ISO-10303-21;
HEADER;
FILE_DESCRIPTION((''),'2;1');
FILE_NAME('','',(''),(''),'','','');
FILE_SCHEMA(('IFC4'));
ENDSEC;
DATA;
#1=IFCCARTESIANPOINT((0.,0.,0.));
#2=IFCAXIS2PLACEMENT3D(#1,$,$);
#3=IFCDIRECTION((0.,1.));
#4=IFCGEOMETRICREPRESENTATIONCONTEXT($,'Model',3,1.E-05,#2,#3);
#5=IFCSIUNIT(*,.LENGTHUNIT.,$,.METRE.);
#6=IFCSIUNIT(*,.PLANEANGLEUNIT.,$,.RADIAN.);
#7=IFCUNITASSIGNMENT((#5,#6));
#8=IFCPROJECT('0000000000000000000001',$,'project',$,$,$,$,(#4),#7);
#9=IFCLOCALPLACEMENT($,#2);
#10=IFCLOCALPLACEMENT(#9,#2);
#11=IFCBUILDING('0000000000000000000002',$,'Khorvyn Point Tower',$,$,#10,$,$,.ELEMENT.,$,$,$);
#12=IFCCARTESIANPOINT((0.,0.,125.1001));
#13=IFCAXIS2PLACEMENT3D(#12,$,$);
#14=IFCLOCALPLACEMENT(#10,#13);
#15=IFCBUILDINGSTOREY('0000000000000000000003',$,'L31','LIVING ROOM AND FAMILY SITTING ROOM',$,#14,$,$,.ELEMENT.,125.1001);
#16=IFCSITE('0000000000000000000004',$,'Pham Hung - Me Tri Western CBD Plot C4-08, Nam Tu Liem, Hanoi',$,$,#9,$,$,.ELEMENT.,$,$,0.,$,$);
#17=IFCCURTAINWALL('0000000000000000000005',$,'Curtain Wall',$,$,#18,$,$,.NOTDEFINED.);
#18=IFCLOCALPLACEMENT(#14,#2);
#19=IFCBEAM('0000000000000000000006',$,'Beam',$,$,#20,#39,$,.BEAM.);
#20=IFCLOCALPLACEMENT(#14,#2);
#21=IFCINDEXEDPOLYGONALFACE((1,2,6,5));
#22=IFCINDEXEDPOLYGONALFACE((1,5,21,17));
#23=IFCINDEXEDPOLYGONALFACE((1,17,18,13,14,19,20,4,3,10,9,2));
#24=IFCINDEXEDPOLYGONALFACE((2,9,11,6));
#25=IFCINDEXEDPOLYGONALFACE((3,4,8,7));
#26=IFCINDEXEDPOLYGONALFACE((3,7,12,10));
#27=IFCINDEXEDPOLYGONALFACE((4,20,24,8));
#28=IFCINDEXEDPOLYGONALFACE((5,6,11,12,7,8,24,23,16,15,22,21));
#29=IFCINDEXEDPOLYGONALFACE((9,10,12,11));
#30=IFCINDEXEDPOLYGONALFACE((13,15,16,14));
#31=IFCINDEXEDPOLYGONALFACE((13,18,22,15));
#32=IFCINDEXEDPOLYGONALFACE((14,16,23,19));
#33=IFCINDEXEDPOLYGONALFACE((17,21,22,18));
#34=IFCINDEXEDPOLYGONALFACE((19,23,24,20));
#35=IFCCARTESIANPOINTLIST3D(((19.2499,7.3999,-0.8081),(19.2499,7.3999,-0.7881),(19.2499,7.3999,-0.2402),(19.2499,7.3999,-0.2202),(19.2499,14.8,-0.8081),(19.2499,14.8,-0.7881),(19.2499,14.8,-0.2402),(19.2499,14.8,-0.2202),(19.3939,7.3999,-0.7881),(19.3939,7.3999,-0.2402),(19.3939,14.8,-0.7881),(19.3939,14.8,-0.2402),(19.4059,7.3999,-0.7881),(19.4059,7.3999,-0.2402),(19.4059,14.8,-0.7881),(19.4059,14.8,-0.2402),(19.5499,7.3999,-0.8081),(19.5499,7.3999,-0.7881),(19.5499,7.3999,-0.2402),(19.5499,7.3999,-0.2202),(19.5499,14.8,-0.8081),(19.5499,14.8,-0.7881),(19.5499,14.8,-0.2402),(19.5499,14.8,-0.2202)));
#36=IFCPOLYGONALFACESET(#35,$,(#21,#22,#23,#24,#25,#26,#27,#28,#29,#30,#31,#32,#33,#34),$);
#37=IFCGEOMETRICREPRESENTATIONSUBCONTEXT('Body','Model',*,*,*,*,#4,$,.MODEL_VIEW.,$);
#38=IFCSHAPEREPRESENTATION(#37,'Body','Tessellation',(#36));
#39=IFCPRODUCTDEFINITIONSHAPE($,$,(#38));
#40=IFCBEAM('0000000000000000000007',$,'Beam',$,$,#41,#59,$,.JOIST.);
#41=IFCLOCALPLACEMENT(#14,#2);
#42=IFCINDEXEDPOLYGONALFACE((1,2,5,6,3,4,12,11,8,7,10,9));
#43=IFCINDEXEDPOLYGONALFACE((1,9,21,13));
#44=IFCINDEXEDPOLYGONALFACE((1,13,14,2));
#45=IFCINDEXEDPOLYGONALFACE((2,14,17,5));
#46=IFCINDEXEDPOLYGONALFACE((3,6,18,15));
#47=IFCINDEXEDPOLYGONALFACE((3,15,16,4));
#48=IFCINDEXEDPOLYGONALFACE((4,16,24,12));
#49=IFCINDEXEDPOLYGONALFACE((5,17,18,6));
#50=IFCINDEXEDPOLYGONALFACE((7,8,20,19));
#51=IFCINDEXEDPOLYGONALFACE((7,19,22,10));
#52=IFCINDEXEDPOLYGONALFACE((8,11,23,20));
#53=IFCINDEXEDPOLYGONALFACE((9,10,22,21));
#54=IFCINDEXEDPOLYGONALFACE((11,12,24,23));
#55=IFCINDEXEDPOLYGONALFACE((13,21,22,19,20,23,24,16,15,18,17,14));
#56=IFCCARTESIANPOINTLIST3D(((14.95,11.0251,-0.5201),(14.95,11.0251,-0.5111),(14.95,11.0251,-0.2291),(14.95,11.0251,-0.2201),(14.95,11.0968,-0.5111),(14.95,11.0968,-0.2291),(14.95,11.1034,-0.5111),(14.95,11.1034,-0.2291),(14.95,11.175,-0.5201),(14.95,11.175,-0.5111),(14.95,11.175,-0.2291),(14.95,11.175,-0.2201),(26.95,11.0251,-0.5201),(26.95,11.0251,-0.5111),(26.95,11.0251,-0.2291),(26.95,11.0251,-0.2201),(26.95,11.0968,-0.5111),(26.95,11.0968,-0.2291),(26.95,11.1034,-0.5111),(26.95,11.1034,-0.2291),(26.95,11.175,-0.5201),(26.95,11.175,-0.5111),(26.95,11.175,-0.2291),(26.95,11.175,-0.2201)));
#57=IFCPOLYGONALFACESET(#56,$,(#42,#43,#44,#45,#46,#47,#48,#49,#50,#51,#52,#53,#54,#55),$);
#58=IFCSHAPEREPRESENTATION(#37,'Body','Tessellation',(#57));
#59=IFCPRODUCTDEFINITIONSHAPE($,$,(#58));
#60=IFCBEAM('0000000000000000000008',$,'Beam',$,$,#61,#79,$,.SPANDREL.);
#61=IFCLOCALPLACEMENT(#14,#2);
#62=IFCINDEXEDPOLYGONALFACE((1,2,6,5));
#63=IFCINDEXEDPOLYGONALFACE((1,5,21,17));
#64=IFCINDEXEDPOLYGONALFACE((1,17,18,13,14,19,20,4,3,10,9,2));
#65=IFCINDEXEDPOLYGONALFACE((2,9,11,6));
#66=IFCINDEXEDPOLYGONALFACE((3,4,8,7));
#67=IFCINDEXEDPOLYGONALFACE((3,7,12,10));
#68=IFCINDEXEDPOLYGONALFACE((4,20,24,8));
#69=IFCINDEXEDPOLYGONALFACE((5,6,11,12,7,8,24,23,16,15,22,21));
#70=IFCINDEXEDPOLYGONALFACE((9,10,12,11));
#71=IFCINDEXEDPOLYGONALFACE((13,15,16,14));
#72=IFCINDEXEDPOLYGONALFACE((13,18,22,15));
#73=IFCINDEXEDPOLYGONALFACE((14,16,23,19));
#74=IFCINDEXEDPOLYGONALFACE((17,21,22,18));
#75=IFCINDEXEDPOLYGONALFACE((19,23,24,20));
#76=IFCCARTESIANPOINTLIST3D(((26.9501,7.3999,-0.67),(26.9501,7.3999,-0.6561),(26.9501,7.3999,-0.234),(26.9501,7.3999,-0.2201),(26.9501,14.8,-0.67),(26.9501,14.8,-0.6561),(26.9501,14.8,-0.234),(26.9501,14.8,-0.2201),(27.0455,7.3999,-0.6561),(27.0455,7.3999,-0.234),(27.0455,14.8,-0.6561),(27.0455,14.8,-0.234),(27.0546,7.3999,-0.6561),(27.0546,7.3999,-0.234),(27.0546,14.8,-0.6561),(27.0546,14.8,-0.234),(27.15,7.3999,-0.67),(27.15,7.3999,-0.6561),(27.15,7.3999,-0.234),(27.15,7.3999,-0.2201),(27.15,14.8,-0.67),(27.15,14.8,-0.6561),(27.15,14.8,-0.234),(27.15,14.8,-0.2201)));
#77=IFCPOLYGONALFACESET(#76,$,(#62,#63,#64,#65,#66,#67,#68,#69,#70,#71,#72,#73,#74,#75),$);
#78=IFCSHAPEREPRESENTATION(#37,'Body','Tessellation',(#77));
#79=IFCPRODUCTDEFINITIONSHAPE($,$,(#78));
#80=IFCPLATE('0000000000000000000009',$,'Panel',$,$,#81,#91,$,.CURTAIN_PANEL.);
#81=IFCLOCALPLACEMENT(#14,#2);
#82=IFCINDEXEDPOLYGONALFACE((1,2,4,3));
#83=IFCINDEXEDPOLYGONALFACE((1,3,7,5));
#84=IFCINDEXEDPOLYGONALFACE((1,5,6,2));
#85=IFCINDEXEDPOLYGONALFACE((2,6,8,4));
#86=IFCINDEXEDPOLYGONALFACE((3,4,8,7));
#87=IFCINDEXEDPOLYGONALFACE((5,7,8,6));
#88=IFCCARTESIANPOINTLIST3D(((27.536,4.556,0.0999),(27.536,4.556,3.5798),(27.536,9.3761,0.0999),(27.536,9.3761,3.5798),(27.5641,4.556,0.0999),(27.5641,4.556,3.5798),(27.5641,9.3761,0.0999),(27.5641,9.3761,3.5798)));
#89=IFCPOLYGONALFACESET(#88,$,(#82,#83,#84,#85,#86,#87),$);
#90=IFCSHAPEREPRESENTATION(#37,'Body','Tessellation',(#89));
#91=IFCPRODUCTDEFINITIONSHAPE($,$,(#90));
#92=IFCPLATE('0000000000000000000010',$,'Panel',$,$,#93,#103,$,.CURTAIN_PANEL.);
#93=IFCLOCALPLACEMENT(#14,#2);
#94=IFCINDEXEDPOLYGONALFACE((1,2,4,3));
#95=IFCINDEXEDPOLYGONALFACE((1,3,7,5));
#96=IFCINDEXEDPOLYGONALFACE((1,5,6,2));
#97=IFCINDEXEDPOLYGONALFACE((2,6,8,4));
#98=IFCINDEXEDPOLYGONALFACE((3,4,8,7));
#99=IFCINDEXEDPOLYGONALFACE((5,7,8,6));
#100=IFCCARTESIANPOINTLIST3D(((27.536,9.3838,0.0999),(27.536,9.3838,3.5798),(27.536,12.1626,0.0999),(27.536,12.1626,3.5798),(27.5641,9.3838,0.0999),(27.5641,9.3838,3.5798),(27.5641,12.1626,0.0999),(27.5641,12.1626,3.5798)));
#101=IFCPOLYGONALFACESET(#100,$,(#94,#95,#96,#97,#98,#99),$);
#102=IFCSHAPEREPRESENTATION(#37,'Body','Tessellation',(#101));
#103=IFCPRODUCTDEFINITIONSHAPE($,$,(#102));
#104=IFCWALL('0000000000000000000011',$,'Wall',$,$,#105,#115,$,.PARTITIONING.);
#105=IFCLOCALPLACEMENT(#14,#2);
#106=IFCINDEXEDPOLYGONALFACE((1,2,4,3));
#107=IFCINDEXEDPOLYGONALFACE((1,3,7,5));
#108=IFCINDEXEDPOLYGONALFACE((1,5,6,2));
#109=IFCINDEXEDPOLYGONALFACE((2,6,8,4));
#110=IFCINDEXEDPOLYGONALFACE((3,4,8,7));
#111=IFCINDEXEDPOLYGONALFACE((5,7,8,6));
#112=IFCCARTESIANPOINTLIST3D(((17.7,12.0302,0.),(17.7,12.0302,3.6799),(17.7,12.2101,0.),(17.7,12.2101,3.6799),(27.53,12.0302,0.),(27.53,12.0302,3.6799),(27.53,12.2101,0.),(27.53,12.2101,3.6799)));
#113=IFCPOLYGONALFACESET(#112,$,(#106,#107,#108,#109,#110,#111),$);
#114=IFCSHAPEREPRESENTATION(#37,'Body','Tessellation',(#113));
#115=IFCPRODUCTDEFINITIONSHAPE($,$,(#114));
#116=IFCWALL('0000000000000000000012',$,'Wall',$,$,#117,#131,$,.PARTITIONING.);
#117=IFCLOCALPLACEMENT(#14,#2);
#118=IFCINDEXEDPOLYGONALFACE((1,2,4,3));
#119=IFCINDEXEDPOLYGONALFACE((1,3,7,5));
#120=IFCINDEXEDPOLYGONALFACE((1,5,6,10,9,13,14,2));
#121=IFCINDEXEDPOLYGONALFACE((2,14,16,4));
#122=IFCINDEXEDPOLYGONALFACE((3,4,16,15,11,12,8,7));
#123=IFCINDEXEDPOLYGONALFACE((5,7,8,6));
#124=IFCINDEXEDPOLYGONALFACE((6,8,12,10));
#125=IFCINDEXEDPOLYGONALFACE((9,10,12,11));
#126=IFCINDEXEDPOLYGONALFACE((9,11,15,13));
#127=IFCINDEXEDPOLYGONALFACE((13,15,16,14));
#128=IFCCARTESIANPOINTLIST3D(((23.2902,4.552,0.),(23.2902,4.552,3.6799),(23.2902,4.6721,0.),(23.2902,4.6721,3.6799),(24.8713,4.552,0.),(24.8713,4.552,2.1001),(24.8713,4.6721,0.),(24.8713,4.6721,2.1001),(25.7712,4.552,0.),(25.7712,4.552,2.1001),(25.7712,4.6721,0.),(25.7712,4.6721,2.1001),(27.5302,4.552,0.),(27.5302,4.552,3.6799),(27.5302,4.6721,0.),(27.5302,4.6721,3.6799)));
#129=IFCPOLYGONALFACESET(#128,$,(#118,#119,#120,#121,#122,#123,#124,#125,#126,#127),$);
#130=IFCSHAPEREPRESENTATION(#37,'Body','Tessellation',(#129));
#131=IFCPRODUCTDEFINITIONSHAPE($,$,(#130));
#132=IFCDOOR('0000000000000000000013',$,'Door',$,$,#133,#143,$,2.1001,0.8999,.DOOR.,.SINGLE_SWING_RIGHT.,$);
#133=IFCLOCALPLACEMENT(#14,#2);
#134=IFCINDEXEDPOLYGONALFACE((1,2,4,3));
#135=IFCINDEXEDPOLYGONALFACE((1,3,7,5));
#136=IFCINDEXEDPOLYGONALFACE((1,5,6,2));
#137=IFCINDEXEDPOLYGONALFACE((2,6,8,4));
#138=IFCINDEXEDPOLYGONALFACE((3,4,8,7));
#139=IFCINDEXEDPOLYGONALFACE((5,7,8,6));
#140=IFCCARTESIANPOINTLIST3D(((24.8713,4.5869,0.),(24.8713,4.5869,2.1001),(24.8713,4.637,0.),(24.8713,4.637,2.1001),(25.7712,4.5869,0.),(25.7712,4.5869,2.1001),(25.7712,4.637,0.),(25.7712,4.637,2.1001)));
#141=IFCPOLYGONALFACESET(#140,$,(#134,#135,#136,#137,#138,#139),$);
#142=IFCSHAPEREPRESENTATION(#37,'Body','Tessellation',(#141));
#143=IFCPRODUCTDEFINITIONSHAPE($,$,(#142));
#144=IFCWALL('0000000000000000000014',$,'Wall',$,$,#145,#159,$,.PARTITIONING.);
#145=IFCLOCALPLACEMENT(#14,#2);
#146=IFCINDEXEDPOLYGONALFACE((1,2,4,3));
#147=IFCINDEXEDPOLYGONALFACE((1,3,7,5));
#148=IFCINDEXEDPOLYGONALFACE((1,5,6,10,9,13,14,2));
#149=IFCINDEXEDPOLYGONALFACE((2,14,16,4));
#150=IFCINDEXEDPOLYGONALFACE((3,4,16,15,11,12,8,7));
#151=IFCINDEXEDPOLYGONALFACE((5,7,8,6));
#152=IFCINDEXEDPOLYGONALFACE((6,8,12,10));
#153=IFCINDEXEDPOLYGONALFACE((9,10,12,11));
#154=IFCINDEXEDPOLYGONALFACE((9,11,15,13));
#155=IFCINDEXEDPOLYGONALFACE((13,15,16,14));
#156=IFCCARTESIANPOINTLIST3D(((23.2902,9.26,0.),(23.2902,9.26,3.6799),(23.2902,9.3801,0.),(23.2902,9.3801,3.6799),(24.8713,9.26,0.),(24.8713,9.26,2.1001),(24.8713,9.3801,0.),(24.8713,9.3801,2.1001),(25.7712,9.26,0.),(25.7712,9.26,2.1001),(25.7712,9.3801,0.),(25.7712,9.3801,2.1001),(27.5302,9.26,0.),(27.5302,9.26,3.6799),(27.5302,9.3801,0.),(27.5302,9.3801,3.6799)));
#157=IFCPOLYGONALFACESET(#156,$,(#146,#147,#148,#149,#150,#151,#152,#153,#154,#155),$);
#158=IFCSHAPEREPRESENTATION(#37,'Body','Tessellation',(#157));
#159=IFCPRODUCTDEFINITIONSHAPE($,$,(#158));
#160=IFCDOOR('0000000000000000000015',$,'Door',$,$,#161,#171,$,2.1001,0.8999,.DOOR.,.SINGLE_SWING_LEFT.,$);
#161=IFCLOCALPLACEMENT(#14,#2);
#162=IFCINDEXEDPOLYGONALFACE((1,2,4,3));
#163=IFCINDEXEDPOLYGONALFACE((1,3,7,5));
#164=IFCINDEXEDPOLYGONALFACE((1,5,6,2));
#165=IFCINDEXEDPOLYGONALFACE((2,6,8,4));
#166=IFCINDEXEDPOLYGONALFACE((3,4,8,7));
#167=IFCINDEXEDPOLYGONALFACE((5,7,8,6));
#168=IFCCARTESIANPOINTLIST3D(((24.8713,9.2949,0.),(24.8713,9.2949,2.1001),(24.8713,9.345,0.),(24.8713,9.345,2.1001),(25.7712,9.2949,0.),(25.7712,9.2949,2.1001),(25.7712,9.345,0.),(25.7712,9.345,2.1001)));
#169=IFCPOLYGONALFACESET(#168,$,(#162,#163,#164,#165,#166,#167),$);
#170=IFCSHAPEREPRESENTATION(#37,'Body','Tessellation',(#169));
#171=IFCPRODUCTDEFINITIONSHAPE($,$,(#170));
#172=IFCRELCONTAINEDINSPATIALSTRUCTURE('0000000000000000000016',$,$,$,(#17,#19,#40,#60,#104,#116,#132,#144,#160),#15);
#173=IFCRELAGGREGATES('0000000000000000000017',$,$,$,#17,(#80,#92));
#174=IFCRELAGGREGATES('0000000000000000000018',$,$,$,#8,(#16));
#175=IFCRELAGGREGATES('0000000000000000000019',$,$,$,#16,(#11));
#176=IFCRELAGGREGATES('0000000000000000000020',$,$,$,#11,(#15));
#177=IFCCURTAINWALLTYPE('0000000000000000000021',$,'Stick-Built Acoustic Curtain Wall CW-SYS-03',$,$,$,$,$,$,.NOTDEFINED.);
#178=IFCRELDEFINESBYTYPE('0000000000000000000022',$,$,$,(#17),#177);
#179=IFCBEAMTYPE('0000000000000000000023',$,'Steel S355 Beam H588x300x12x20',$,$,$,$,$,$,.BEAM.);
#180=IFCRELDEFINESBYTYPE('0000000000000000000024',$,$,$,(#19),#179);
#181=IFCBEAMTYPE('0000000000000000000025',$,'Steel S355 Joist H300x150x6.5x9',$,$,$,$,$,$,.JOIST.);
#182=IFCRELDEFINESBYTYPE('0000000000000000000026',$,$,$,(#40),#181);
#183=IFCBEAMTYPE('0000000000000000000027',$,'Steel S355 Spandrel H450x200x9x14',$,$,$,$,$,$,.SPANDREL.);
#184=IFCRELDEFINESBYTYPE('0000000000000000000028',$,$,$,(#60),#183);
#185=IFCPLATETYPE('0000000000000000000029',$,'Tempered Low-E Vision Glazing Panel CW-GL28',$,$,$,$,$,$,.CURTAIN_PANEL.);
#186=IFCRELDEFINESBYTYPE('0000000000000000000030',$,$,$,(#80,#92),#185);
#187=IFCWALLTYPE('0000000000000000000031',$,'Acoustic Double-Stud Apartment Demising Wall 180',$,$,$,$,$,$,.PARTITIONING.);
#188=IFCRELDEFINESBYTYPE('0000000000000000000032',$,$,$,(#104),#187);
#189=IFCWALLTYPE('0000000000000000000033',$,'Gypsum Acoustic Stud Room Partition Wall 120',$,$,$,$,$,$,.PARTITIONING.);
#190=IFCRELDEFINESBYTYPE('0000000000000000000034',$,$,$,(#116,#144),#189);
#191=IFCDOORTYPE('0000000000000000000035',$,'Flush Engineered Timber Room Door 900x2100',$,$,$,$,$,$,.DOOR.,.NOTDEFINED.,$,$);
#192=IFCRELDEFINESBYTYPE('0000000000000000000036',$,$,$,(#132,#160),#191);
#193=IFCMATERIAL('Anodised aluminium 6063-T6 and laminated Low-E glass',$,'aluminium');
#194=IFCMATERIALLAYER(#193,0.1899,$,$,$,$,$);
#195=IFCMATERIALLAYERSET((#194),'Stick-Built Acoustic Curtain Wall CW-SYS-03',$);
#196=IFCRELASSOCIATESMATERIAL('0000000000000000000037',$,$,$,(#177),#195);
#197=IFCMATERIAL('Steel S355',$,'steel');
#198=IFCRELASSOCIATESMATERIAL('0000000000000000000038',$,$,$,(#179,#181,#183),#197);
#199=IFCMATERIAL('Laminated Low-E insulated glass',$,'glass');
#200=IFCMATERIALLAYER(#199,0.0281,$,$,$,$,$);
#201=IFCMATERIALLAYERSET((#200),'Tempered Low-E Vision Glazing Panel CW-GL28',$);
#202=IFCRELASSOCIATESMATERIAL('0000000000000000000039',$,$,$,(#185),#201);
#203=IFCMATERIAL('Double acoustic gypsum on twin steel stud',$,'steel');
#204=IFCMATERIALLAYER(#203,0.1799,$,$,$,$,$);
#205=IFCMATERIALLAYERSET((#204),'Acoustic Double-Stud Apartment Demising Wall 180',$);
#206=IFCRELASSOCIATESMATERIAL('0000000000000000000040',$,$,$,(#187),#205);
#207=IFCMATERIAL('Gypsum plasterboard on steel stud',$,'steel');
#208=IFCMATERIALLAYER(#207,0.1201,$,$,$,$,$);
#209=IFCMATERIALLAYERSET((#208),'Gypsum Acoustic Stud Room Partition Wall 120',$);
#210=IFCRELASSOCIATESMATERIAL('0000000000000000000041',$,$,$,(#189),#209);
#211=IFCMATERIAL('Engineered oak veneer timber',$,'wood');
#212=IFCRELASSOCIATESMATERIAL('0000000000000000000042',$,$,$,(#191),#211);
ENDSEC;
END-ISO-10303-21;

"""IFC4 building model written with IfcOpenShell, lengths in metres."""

from ifc_helpers import new_model, si_unit, direction, frame, frame_2d, origin, origin_2d, place, context, subcontext, project, spatial, rectangle, i_section, extrude, material, layer, layer_set, material_profile, profile_set, type_object, element, fill, aggregate, save


model = new_model("IFC4")

# Units and contexts
model_context = context("Model", 3, precision=1e-05, world=origin(), true_north=direction((0.0, 1.0)))
body_context = subcontext(model_context, "Body", "Model", "MODEL_VIEW")
ifc_project = project(units=[si_unit("LENGTHUNIT", "METRE"), si_unit("PLANEANGLEUNIT", "RADIAN")], contexts=[model_context])

# Site, building, storey
site_placement = place(None, origin())
site = spatial("IfcSite", under=ifc_project, at=site_placement, Name="Pham Hung - Me Tri Western CBD Plot C4-08, Nam Tu Liem, Hanoi", CompositionType="ELEMENT", RefElevation=0.0)
building_placement = place(site_placement, origin())
building = spatial("IfcBuilding", under=site, at=building_placement, Name="Khorvyn Point Tower", CompositionType="ELEMENT")
storey_placement = place(building_placement, frame((0.0, 0.0, 125.1001)))
storey = spatial("IfcBuildingStorey", under=building, at=storey_placement, Name="L31", Description="LIVING ROOM AND FAMILY SITTING ROOM", CompositionType="ELEMENT", Elevation=125.1001)

# Curtain wall
ifc_material_1 = material(Name="Anodised aluminium 6063-T6 and laminated Low-E glass", Category="aluminium")
ifc_layer_1 = layer(ifc_material_1, 0.1899)
ifc_layer_set_1 = layer_set([ifc_layer_1], Name="Stick-Built Acoustic Curtain Wall CW-SYS-03")
curtain_wall_type = type_object("IfcCurtainWallType", Name="Stick-Built Acoustic Curtain Wall CW-SYS-03", PredefinedType="NOTDEFINED", material=ifc_layer_set_1)
curtain_wall_placement = place(storey_placement, origin())
curtain_wall = element("IfcCurtainWall", 1, at=curtain_wall_placement, inside=storey, type_object=curtain_wall_type, Name="Curtain Wall", PredefinedType="NOTDEFINED")

# Beams
ifc_material_2 = material(Name="Steel S355", Category="steel")
ifc_material_profile_1 = material_profile(ifc_material_2, i_section(OverallWidth=0.3, OverallDepth=0.5879, WebThickness=0.012, FlangeThickness=0.02, at=origin_2d()))
ifc_profile_set_1 = profile_set([ifc_material_profile_1], Name="Steel S355 H588x300x12x20")
beam_type_1 = type_object("IfcBeamType", Name="Steel S355 Beam H588x300x12x20", PredefinedType="BEAM", material=ifc_profile_set_1)
beam_1_placement = place(storey_placement, frame((19.3999, 7.3999, -0.5142), z_axis=(0.0, 1.0, 0.0), x_axis=(-1.0, 0.0, 0.0)))
element("IfcBeam", 2, at=beam_1_placement, inside=storey, type_object=beam_type_1, Name="Beam", PredefinedType="BEAM", context=body_context, shape_type="SweptSolid", body=[
    extrude(i_section(OverallWidth=0.3, OverallDepth=0.5879, WebThickness=0.012, FlangeThickness=0.02, at=origin_2d()), origin(), (0.0, 0.0, 1.0), 7.4001),
])
ifc_material_profile_2 = material_profile(ifc_material_2, i_section(OverallWidth=0.1499, OverallDepth=0.3, WebThickness=0.0066, FlangeThickness=0.009, at=origin_2d()))
ifc_profile_set_2 = profile_set([ifc_material_profile_2], Name="Steel S355 H300x150x6.5x9")
beam_type_2 = type_object("IfcBeamType", Name="Steel S355 Joist H300x150x6.5x9", PredefinedType="JOIST", material=ifc_profile_set_2)
beam_2_placement = place(storey_placement, frame((14.95, 11.1001, -0.3701), z_axis=(1.0, 0.0, 0.0), x_axis=(0.0, 1.0, 0.0)))
element("IfcBeam", 3, at=beam_2_placement, inside=storey, type_object=beam_type_2, Name="Beam", PredefinedType="JOIST", context=body_context, shape_type="SweptSolid", body=[
    extrude(i_section(OverallWidth=0.1499, OverallDepth=0.3, WebThickness=0.0066, FlangeThickness=0.009, at=origin_2d()), origin(), (0.0, 0.0, 1.0), 12.0),
])
ifc_material_profile_3 = material_profile(ifc_material_2, i_section(OverallWidth=0.2, OverallDepth=0.45, WebThickness=0.009, FlangeThickness=0.0139, at=origin_2d()))
ifc_profile_set_3 = profile_set([ifc_material_profile_3], Name="Steel S355 H450x200x9x14")
beam_type_3 = type_object("IfcBeamType", Name="Steel S355 Spandrel H450x200x9x14", PredefinedType="SPANDREL", material=ifc_profile_set_3)
beam_3_placement = place(storey_placement, frame((27.05, 7.3999, -0.4451), z_axis=(0.0, 1.0, 0.0), x_axis=(-1.0, 0.0, 0.0)))
element("IfcBeam", 4, at=beam_3_placement, inside=storey, type_object=beam_type_3, Name="Beam", PredefinedType="SPANDREL", context=body_context, shape_type="SweptSolid", body=[
    extrude(i_section(OverallWidth=0.2, OverallDepth=0.45, WebThickness=0.009, FlangeThickness=0.0139, at=origin_2d()), origin(), (0.0, 0.0, 1.0), 7.4001),
])

# Plates
ifc_material_3 = material(Name="Laminated Low-E insulated glass", Category="glass")
ifc_layer_2 = layer(ifc_material_3, 0.0281)
ifc_layer_set_2 = layer_set([ifc_layer_2], Name="Tempered Low-E Vision Glazing Panel CW-GL28")
plate_type = type_object("IfcPlateType", Name="Tempered Low-E Vision Glazing Panel CW-GL28", PredefinedType="CURTAIN_PANEL", material=ifc_layer_set_2)
plate_1_placement = place(storey_placement, frame((27.55, 6.9661, 0.0999), z_axis=(0.0, 0.0, 1.0), x_axis=(0.0, -1.0, 0.0)))
plate_1 = element("IfcPlate", 5, at=plate_1_placement, type_object=plate_type, Name="Panel", PredefinedType="CURTAIN_PANEL", context=body_context, shape_type="SweptSolid", body=[
    extrude(rectangle(XDim=4.8201, YDim=0.0281, at=origin_2d()), origin(), (0.0, 0.0, 1.0), 3.48),
])
plate_2_placement = place(storey_placement, frame((27.55, 10.7732, 0.0999), z_axis=(0.0, 0.0, 1.0), x_axis=(0.0, -1.0, 0.0)))
plate_2 = element("IfcPlate", 6, at=plate_2_placement, type_object=plate_type, Name="Panel", PredefinedType="CURTAIN_PANEL", context=body_context, shape_type="SweptSolid", body=[
    extrude(rectangle(XDim=2.7788, YDim=0.0281, at=origin_2d()), origin(), (0.0, 0.0, 1.0), 3.48),
])
aggregate(curtain_wall, [plate_1, plate_2])

# Wall
ifc_material_4 = material(Name="Double acoustic gypsum on twin steel stud", Category="steel")
ifc_layer_3 = layer(ifc_material_4, 0.1799)
ifc_layer_set_3 = layer_set([ifc_layer_3], Name="Acoustic Double-Stud Apartment Demising Wall 180")
wall_type_1 = type_object("IfcWallType", Name="Acoustic Double-Stud Apartment Demising Wall 180", PredefinedType="PARTITIONING", material=ifc_layer_set_3)
wall_1_placement = place(storey_placement, frame((17.7, 12.1201, 0.0), z_axis=(0.0, 0.0, 1.0), x_axis=(1.0, 0.0, 0.0)))
element("IfcWall", 7, at=wall_1_placement, inside=storey, type_object=wall_type_1, Name="Wall", PredefinedType="PARTITIONING", context=body_context, shape_type="SweptSolid", body=[
    extrude(rectangle(XDim=9.8301, YDim=0.1799, at=frame_2d((4.915, 0.0))), origin(), (0.0, 0.0, 1.0), 3.6799),
])

# Walls, openings, doors
ifc_material_5 = material(Name="Gypsum plasterboard on steel stud", Category="steel")
ifc_layer_4 = layer(ifc_material_5, 0.1201)
ifc_layer_set_4 = layer_set([ifc_layer_4], Name="Gypsum Acoustic Stud Room Partition Wall 120")
wall_type_2 = type_object("IfcWallType", Name="Gypsum Acoustic Stud Room Partition Wall 120", PredefinedType="PARTITIONING", material=ifc_layer_set_4)
wall_2_placement = place(storey_placement, frame((23.29, 4.6121, 0.0), z_axis=(0.0, 0.0, 1.0), x_axis=(1.0, 0.0, 0.0)))
wall_2 = element("IfcWall", 8, at=wall_2_placement, inside=storey, type_object=wall_type_2, Name="Wall", PredefinedType="PARTITIONING", context=body_context, shape_type="SweptSolid", body=[
    extrude(rectangle(XDim=4.24, YDim=0.1201, at=frame_2d((2.1201, 0.0))), origin(), (0.0, 0.0, 1.0), 3.6799),
])
opening_1_placement = place(wall_2_placement, frame((1.5813, 0.0, 0.0)))
opening_1 = element("IfcOpeningElement", 9, at=opening_1_placement, cuts=wall_2, PredefinedType="OPENING", context=body_context, shape_type="SweptSolid", body=[
    extrude(rectangle(XDim=0.8999, YDim=2.1001, at=frame_2d((0.45, 1.05))), frame((0.0, 0.0701, 0.0), z_axis=(0.0, -1.0, 0.0), x_axis=(1.0, 0.0, 0.0)), (0.0, 0.0, 1.0), 0.1401),
])
ifc_material_6 = material(Name="Engineered oak veneer timber", Category="wood")
door_type_1 = type_object("IfcDoorType", Name="Flush Engineered Timber Room Door 900x2100", OperationType="NOTDEFINED", PredefinedType="DOOR", material=ifc_material_6)
door_1_placement = place(opening_1_placement, origin())
door_1 = element("IfcDoor", 10, at=door_1_placement, inside=storey, type_object=door_type_1, Name="Door", OperationType="SINGLE_SWING_RIGHT", OverallHeight=2.1001, OverallWidth=0.8999, PredefinedType="DOOR", context=body_context, shape_type="SweptSolid", body=[
    extrude(rectangle(XDim=0.8999, YDim=2.1001, at=frame_2d((0.45, 1.05))), frame((0.0, 0.0249, 0.0), z_axis=(0.0, -1.0, 0.0), x_axis=(1.0, 0.0, 0.0)), (0.0, 0.0, 1.0), 0.05),
])
fill(opening_1, door_1)
wall_3_placement = place(storey_placement, frame((23.29, 9.3201, 0.0), z_axis=(0.0, 0.0, 1.0), x_axis=(1.0, 0.0, 0.0)))
wall_3 = element("IfcWall", 11, at=wall_3_placement, inside=storey, type_object=wall_type_2, Name="Wall", PredefinedType="PARTITIONING", context=body_context, shape_type="SweptSolid", body=[
    extrude(rectangle(XDim=4.24, YDim=0.1201, at=frame_2d((2.1201, 0.0))), origin(), (0.0, 0.0, 1.0), 3.6799),
])
opening_2_placement = place(wall_3_placement, frame((1.5813, 0.0, 0.0)))
opening_2 = element("IfcOpeningElement", 12, at=opening_2_placement, cuts=wall_3, PredefinedType="OPENING", context=body_context, shape_type="SweptSolid", body=[
    extrude(rectangle(XDim=0.8999, YDim=2.1001, at=frame_2d((0.45, 1.05))), frame((0.0, 0.0701, 0.0), z_axis=(0.0, -1.0, 0.0), x_axis=(1.0, 0.0, 0.0)), (0.0, 0.0, 1.0), 0.1401),
])
door_2_placement = place(opening_2_placement, origin())
door_2 = element("IfcDoor", 13, at=door_2_placement, inside=storey, type_object=door_type_1, Name="Door", OperationType="SINGLE_SWING_LEFT", OverallHeight=2.1001, OverallWidth=0.8999, PredefinedType="DOOR", context=body_context, shape_type="SweptSolid", body=[
    extrude(rectangle(XDim=0.8999, YDim=2.1001, at=frame_2d((0.45, 1.05))), frame((0.0, 0.0249, 0.0), z_axis=(0.0, -1.0, 0.0), x_axis=(1.0, 0.0, 0.0)), (0.0, 0.0, 1.0), 0.05),
])
fill(opening_2, door_2)

save(model, "model.ifc")
